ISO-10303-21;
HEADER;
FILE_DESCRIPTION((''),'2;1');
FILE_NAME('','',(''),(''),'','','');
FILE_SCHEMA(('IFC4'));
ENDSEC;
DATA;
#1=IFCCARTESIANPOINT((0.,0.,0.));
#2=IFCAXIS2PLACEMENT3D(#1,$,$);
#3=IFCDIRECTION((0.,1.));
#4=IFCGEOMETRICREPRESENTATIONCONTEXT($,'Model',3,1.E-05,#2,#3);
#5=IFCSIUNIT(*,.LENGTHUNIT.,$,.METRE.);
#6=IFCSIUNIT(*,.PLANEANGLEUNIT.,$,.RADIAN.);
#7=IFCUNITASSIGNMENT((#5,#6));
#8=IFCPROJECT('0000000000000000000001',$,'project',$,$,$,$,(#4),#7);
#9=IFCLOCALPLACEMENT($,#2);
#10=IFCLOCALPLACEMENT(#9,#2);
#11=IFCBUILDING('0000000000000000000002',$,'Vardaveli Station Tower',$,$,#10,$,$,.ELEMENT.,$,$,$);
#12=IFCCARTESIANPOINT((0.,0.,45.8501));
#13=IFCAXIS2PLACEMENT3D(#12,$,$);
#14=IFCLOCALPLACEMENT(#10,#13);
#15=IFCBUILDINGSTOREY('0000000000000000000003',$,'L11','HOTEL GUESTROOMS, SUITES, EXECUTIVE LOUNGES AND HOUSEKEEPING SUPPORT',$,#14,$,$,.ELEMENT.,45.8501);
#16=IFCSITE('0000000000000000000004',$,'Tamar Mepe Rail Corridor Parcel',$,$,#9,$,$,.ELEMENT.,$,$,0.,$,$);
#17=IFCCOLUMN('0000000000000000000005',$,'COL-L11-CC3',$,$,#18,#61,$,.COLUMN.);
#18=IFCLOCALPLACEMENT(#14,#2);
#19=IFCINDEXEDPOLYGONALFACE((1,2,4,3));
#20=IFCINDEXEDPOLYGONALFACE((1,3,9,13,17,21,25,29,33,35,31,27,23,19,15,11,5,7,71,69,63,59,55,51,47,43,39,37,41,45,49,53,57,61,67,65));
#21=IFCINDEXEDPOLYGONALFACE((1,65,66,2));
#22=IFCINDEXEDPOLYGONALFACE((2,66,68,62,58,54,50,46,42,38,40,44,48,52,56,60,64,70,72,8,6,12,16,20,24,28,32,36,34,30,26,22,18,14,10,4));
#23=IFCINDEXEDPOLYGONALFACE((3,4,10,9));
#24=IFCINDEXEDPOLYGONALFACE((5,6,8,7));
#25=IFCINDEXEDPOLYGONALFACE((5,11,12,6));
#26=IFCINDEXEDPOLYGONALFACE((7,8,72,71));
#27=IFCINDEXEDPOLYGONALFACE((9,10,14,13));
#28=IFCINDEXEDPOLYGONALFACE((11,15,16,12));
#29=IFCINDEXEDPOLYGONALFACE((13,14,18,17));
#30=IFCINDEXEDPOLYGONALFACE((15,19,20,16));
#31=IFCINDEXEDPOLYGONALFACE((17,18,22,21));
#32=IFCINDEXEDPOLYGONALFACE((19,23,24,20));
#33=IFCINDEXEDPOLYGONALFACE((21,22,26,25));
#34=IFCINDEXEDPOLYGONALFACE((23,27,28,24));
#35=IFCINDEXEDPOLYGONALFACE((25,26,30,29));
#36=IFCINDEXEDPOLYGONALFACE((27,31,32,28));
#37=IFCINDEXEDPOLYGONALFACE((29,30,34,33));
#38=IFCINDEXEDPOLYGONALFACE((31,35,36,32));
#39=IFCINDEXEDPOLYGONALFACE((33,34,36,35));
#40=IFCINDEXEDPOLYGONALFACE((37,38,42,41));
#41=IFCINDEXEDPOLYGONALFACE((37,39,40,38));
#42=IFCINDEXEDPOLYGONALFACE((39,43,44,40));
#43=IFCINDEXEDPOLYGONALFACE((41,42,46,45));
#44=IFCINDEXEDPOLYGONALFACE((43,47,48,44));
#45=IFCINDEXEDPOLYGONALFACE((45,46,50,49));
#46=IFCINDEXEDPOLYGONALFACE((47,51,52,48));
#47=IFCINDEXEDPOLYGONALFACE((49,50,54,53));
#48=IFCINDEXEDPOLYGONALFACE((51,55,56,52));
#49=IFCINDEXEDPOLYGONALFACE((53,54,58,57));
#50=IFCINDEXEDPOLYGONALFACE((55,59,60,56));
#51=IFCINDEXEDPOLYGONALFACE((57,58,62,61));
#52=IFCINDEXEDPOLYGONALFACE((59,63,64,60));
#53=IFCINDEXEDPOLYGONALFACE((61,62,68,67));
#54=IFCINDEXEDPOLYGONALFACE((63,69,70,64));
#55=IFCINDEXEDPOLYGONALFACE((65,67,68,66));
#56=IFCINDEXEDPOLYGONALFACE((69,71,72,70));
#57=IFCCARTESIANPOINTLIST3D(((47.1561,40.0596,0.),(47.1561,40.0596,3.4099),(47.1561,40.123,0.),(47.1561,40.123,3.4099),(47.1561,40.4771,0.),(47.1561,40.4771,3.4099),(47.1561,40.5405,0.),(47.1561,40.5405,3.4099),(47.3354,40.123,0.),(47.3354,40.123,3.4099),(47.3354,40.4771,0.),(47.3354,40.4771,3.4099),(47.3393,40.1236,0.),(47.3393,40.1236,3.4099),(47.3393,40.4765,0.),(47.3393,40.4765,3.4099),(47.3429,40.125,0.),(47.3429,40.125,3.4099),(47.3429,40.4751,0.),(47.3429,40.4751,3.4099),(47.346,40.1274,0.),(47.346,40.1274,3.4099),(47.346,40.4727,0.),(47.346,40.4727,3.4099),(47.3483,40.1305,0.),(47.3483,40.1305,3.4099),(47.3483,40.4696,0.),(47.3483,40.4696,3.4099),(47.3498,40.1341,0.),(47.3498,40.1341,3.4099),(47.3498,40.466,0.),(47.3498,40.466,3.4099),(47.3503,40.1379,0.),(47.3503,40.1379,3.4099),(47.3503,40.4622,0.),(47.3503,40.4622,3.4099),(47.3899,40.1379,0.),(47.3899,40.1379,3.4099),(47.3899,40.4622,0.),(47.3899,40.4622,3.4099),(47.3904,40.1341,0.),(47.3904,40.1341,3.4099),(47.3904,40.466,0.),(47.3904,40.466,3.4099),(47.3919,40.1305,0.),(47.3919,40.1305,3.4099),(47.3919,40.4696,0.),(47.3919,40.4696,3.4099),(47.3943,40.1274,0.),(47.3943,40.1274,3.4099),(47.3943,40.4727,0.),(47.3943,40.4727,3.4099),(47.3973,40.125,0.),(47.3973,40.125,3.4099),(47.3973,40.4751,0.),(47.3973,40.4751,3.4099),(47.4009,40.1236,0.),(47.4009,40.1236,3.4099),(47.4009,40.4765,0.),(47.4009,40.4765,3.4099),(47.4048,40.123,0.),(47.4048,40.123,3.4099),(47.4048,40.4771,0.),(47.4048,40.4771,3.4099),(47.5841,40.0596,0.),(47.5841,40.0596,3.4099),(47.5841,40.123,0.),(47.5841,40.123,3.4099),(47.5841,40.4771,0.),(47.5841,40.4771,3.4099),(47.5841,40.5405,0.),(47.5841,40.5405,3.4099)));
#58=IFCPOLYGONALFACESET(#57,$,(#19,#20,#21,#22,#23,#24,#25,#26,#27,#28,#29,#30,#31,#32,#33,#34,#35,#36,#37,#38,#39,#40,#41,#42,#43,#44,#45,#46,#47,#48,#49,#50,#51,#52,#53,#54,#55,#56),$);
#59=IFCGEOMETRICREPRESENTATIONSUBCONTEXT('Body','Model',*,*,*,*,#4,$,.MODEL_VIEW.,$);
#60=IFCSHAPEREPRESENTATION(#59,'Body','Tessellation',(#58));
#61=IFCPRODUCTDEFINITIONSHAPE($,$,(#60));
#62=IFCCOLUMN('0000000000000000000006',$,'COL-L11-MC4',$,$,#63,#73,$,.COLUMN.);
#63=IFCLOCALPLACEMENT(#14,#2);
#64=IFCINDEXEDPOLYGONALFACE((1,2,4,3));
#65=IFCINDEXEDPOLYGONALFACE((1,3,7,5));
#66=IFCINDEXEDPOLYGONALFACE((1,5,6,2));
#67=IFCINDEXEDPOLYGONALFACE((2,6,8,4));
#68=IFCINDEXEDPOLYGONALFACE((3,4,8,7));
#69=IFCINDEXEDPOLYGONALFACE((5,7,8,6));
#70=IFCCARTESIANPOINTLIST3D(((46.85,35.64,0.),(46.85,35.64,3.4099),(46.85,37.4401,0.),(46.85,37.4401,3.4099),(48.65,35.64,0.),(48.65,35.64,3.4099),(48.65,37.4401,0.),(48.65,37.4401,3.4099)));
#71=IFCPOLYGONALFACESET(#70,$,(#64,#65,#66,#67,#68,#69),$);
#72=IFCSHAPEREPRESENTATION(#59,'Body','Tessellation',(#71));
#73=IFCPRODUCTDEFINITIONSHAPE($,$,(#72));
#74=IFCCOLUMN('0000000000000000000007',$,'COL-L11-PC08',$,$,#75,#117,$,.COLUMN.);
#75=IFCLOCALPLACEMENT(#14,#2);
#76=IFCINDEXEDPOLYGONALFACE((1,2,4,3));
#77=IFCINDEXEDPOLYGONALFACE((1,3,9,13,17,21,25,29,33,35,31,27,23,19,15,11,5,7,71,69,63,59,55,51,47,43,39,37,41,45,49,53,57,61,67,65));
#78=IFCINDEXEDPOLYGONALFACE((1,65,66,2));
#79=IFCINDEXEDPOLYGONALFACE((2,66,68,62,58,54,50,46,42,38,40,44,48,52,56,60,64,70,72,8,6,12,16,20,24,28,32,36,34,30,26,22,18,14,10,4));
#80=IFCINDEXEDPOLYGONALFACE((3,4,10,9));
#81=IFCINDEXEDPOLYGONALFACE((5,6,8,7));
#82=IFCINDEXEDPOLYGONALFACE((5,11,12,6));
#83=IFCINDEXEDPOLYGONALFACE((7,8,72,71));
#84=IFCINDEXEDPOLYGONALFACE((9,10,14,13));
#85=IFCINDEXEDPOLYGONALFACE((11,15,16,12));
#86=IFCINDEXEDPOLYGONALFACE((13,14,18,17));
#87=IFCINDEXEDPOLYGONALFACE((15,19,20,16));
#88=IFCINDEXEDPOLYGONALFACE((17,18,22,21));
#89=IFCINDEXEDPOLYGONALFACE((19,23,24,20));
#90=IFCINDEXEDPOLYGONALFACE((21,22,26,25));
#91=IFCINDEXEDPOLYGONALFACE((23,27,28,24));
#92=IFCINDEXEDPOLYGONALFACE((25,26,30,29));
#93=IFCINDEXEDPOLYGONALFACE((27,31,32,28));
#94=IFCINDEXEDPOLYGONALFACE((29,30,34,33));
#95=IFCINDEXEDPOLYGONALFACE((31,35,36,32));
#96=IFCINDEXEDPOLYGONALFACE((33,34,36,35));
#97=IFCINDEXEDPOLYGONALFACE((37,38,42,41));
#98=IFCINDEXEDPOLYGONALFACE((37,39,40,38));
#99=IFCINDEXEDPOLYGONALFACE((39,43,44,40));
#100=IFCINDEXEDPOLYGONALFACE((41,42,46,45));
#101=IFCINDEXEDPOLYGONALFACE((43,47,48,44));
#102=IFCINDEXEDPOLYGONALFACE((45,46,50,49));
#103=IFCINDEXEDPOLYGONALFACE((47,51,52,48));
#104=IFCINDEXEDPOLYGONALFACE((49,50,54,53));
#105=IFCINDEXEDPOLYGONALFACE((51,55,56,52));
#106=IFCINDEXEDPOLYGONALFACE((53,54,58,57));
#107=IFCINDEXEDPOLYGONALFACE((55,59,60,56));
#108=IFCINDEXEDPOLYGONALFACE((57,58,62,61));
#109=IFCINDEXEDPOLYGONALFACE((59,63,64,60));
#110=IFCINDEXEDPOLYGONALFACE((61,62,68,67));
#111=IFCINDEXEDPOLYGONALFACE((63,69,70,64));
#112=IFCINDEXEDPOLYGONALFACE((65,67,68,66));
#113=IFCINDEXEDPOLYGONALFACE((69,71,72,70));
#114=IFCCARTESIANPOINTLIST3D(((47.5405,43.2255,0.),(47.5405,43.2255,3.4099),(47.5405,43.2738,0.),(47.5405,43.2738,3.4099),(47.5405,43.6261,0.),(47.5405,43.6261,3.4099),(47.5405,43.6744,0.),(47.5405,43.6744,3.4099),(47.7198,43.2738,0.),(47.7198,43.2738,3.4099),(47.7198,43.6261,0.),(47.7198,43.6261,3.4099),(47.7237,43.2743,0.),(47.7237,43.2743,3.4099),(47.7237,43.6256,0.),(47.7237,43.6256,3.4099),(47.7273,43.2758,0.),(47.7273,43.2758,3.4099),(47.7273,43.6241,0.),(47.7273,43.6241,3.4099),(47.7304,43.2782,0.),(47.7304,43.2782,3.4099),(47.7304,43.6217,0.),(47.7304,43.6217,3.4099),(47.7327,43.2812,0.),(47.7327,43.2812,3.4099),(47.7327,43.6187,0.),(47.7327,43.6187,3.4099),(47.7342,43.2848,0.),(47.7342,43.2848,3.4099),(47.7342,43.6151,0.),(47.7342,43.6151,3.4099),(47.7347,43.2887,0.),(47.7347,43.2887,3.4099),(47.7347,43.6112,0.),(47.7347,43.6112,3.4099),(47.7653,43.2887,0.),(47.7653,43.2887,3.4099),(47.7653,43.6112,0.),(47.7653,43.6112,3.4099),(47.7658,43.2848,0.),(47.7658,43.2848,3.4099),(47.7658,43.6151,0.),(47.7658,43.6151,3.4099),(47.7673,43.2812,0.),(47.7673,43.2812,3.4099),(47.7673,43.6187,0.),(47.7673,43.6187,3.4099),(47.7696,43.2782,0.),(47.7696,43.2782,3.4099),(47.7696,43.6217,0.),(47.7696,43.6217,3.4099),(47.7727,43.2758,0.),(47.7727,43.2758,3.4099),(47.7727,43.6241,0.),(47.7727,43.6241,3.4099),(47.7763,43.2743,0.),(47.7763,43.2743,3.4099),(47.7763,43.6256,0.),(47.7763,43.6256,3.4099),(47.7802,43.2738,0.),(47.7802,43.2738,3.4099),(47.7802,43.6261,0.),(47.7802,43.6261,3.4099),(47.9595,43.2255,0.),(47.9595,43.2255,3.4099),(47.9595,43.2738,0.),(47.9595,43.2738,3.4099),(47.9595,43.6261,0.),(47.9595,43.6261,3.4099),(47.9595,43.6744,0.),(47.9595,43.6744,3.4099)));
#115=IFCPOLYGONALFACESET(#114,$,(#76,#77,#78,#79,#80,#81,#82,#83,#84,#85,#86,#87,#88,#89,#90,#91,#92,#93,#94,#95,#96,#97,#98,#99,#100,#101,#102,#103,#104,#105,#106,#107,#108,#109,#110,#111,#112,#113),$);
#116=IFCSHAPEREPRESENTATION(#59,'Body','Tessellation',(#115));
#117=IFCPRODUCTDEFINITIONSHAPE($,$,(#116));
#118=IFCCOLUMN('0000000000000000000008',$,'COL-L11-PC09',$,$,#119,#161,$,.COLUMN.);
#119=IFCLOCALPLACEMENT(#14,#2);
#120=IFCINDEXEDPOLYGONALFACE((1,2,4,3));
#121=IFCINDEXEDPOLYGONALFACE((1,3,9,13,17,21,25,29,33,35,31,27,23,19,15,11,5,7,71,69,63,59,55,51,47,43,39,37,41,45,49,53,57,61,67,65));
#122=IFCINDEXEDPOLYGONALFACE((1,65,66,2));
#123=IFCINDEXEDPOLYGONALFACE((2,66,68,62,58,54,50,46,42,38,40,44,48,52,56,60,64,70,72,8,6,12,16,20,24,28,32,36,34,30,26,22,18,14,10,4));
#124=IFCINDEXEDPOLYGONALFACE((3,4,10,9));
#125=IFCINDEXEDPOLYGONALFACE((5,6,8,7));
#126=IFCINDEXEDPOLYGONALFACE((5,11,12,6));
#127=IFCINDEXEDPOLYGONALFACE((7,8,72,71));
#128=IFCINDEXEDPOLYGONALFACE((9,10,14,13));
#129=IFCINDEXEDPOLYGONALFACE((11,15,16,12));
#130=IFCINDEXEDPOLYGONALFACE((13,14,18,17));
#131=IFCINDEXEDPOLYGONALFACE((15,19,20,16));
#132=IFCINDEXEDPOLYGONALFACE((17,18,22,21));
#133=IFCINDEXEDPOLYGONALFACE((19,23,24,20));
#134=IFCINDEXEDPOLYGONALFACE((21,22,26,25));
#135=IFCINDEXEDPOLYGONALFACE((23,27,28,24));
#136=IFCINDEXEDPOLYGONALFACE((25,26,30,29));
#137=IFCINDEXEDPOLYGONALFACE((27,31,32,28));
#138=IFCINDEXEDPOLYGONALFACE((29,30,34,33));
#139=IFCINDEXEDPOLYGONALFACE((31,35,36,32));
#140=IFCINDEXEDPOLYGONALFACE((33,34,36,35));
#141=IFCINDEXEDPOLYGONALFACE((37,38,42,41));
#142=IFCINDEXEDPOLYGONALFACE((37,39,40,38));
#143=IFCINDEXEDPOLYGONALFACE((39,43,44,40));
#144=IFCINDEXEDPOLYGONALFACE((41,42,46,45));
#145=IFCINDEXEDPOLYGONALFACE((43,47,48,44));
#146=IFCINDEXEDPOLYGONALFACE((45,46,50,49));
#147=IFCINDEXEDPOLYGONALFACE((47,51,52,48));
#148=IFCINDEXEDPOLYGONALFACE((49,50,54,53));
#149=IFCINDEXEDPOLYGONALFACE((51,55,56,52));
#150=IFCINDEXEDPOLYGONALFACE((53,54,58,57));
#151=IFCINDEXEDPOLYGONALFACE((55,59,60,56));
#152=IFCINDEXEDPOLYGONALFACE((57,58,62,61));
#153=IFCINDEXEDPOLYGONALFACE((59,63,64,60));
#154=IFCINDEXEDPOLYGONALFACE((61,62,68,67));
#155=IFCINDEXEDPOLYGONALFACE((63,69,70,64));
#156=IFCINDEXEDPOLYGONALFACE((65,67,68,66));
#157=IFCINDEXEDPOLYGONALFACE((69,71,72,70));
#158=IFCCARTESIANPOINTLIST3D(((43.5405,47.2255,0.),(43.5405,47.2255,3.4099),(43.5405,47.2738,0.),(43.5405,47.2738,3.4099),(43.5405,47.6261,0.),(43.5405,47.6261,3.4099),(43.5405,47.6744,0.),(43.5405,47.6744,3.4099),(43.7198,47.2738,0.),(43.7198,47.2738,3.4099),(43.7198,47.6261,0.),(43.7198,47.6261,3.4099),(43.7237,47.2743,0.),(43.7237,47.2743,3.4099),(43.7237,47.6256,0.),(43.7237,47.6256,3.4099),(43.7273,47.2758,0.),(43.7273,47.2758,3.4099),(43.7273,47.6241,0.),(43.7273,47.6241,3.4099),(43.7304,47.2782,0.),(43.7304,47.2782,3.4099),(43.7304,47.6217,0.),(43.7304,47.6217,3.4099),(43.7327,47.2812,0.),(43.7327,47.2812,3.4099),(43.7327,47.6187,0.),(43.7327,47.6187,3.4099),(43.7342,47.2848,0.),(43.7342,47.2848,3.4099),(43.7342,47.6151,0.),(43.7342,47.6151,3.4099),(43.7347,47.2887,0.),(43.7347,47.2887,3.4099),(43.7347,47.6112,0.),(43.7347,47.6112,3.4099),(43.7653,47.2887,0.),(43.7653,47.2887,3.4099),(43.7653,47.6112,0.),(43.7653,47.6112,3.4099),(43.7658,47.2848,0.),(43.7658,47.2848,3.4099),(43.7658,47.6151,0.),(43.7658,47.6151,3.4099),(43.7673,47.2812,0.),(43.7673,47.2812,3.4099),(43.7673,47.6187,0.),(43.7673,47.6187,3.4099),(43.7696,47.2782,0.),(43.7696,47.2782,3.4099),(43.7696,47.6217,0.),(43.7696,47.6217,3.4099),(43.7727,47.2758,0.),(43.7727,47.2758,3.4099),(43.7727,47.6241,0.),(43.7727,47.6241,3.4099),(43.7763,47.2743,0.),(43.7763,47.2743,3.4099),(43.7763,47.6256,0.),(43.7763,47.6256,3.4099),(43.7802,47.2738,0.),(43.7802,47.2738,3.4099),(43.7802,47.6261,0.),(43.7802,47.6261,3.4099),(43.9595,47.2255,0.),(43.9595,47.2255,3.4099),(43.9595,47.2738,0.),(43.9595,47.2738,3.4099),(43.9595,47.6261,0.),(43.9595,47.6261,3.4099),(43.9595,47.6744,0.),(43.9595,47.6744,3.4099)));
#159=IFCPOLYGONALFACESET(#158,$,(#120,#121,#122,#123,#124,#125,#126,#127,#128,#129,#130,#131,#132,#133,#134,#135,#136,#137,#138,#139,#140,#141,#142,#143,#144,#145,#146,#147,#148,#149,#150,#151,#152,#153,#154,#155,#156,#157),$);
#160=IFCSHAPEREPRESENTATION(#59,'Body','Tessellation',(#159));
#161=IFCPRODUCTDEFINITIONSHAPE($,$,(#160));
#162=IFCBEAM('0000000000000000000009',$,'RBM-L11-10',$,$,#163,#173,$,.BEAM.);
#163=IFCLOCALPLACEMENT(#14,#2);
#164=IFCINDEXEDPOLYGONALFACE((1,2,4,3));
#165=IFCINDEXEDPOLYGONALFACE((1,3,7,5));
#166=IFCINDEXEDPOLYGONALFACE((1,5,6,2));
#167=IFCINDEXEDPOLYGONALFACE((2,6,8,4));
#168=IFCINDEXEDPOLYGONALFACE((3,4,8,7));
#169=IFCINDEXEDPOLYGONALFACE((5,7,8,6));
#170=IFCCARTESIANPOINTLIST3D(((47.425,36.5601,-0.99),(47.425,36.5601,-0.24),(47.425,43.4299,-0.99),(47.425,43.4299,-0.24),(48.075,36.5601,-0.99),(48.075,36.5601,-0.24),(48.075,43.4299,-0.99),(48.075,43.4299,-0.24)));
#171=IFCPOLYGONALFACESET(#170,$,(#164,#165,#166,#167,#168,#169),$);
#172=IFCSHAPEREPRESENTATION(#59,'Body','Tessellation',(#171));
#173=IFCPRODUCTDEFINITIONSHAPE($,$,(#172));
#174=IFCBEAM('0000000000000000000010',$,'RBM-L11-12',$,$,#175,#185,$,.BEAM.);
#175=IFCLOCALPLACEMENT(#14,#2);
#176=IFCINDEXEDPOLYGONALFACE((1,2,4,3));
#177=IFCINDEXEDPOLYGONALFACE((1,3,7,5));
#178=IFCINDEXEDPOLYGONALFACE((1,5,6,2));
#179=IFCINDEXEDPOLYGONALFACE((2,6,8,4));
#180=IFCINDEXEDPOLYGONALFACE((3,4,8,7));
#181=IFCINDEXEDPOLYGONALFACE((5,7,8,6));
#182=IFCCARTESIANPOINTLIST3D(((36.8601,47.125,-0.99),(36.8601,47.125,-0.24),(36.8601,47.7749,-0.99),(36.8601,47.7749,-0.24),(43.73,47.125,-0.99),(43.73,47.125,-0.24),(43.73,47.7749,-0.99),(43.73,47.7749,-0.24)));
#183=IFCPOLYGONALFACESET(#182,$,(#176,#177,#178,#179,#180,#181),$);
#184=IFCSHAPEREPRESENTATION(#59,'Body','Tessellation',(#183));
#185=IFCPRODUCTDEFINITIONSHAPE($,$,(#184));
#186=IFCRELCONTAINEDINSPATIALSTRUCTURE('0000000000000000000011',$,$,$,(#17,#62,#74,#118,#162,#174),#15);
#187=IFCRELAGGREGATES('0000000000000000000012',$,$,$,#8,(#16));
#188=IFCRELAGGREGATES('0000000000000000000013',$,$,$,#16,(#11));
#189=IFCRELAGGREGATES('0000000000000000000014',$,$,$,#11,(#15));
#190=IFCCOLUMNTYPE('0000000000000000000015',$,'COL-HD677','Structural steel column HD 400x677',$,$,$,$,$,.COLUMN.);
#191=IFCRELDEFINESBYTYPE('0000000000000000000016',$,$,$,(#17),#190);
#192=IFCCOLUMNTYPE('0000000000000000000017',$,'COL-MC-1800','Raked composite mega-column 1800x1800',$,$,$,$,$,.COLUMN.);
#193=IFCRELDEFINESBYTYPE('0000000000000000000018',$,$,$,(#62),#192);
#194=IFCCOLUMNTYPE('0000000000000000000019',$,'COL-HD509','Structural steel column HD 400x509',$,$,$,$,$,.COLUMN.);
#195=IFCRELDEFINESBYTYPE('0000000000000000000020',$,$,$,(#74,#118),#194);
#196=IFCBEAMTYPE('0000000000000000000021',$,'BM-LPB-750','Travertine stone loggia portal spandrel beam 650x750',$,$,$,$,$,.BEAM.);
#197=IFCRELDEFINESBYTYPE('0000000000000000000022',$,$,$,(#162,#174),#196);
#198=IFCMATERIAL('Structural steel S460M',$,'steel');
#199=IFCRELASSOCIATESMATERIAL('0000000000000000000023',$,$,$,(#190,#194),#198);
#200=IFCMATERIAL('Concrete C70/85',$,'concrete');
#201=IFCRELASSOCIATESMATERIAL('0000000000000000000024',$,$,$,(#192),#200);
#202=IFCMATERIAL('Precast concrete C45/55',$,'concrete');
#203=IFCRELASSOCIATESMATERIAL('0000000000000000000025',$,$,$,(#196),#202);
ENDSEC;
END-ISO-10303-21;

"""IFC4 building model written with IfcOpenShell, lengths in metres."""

from ifc_helpers import new_model, si_unit, direction, frame, origin, origin_2d, place, context, subcontext, project, spatial, rectangle, i_section, extrude, source, transform, mapped, material, material_profile, profile_set, type_object, element, save


model = new_model("IFC4")

# Units and contexts
model_context = context("Model", 3, precision=1e-05, world=origin(), true_north=direction((0.0, 1.0)))
body_context = subcontext(model_context, "Body", "Model", "MODEL_VIEW")
ifc_project = project(units=[si_unit("LENGTHUNIT", "METRE"), si_unit("PLANEANGLEUNIT", "RADIAN")], contexts=[model_context])

# Site, building, storey
site_placement = place(None, origin())
site = spatial("IfcSite", under=ifc_project, at=site_placement, Name="Tamar Mepe Rail Corridor Parcel", CompositionType="ELEMENT", RefElevation=0.0)
building_placement = place(site_placement, origin())
building = spatial("IfcBuilding", under=site, at=building_placement, Name="Vardaveli Station Tower", CompositionType="ELEMENT")
storey_placement = place(building_placement, frame((0.0, 0.0, 45.8501)))
storey = spatial("IfcBuildingStorey", under=building, at=storey_placement, Name="L11", Description="HOTEL GUESTROOMS, SUITES, EXECUTIVE LOUNGES AND HOUSEKEEPING SUPPORT", CompositionType="ELEMENT", Elevation=45.8501)

# Columns
ifc_material_1 = material(Name="Structural steel S460M", Category="steel")
ifc_material_profile_1 = material_profile(ifc_material_1, i_section(OverallWidth=0.428, OverallDepth=0.481, WebThickness=0.0396, FlangeThickness=0.0635, FilletRadius=0.0149, at=origin_2d()), Name="HD 400x677")
ifc_profile_set_1 = profile_set([ifc_material_profile_1], Name="Structural steel S460M")
column_type_1 = type_object("IfcColumnType", Name="COL-HD677", Description="Structural steel column HD 400x677", PredefinedType="COLUMN", material=ifc_profile_set_1)
shared_shape_1 = source(origin(), body_context, "Body", "SweptSolid", [
    extrude(i_section(OverallWidth=0.428, OverallDepth=0.481, WebThickness=0.0396, FlangeThickness=0.0635, FilletRadius=0.0149, at=origin_2d()), origin(), (0.0, 0.0, 1.0), 3.4099),
])
column_1_placement = place(storey_placement, frame((47.3701, 40.3, 0.0), z_axis=(0.0, 0.0, 1.0), x_axis=(1.0, 0.0, 0.0)))
element("IfcColumn", 1, at=column_1_placement, inside=storey, type_object=column_type_1, Name="COL-L11-CC3", PredefinedType="COLUMN", context=body_context, shape_type="MappedRepresentation", body=[
    mapped(shared_shape_1, transform((0.0, 0.0, 0.0), scale=1.0)),
])
ifc_material_2 = material(Name="Concrete C70/85", Category="concrete")
ifc_material_profile_2 = material_profile(ifc_material_2, rectangle(XDim=1.8, YDim=1.8, at=origin_2d()), Name="MC 1800x1800")
ifc_profile_set_2 = profile_set([ifc_material_profile_2], Name="Concrete C70/85")
column_type_2 = type_object("IfcColumnType", Name="COL-MC-1800", Description="Raked composite mega-column 1800x1800", PredefinedType="COLUMN", material=ifc_profile_set_2)
shared_shape_2 = source(origin(), body_context, "Body", "SweptSolid", [
    extrude(rectangle(XDim=1.8, YDim=1.8, at=origin_2d()), origin(), (0.0, 0.0, 1.0), 3.4099),
])
column_2_placement = place(storey_placement, frame((47.75, 36.54, 0.0), z_axis=(0.0, 0.0, 1.0), x_axis=(1.0, 0.0, 0.0)))
element("IfcColumn", 2, at=column_2_placement, inside=storey, type_object=column_type_2, Name="COL-L11-MC4", PredefinedType="COLUMN", context=body_context, shape_type="MappedRepresentation", body=[
    mapped(shared_shape_2, transform((0.0, 0.0, 0.0), scale=1.0)),
])
ifc_material_profile_3 = material_profile(ifc_material_1, i_section(OverallWidth=0.4189, OverallDepth=0.449, WebThickness=0.0305, FlangeThickness=0.0483, FilletRadius=0.0149, at=origin_2d()), Name="HD 400x509")
ifc_profile_set_3 = profile_set([ifc_material_profile_3], Name="Structural steel S460M")
column_type_3 = type_object("IfcColumnType", Name="COL-HD509", Description="Structural steel column HD 400x509", PredefinedType="COLUMN", material=ifc_profile_set_3)
shared_shape_3 = source(origin(), body_context, "Body", "SweptSolid", [
    extrude(i_section(OverallWidth=0.4189, OverallDepth=0.449, WebThickness=0.0305, FlangeThickness=0.0483, FilletRadius=0.0149, at=origin_2d()), origin(), (0.0, 0.0, 1.0), 3.4099),
])
for number, where, z_axis, x_axis, name in (
    (3, (47.75, 43.45, 0.0), (0.0, 0.0, 1.0), (1.0, 0.0, 0.0), "COL-L11-PC08"),
    (4, (43.75, 47.45, 0.0), (0.0, 0.0, 1.0), (1.0, 0.0, 0.0), "COL-L11-PC09"),
):
    element("IfcColumn", number, at=place(storey_placement, frame(where, z_axis=z_axis, x_axis=x_axis)), inside=storey, type_object=column_type_3, Name=name, PredefinedType="COLUMN", context=body_context, shape_type="MappedRepresentation", body=[
        mapped(shared_shape_3, transform((0.0, 0.0, 0.0), scale=1.0)),
    ])

# Beams
ifc_material_3 = material(Name="Precast concrete C45/55", Category="concrete")
ifc_material_profile_4 = material_profile(ifc_material_3, rectangle(XDim=0.6499, YDim=0.75, at=origin_2d()), Name="LPB 650x750")
ifc_profile_set_4 = profile_set([ifc_material_profile_4], Name="Precast concrete C45/55")
beam_type = type_object("IfcBeamType", Name="BM-LPB-750", Description="Travertine stone loggia portal spandrel beam 650x750", PredefinedType="BEAM", material=ifc_profile_set_4)
shared_shape_4 = source(origin(), body_context, "Body", "SweptSolid", [
    extrude(rectangle(XDim=0.6499, YDim=0.75, at=origin_2d()), origin(), (0.0, 0.0, 1.0), 6.8699),
])
for number, where, z_axis, x_axis, name in (
    (5, (47.75, 36.5601, -0.615), (0.0, 1.0, 0.0), (-1.0, 0.0, 0.0), "RBM-L11-10"),
    (6, (43.73, 47.45, -0.615), (-1.0, 0.0, 0.0), (0.0, -1.0, 0.0), "RBM-L11-12"),
):
    element("IfcBeam", number, at=place(storey_placement, frame(where, z_axis=z_axis, x_axis=x_axis)), inside=storey, type_object=beam_type, Name=name, PredefinedType="BEAM", context=body_context, shape_type="MappedRepresentation", body=[
        mapped(shared_shape_4, transform((0.0, 0.0, 0.0), scale=1.0)),
    ])

save(model, "model.ifc")
